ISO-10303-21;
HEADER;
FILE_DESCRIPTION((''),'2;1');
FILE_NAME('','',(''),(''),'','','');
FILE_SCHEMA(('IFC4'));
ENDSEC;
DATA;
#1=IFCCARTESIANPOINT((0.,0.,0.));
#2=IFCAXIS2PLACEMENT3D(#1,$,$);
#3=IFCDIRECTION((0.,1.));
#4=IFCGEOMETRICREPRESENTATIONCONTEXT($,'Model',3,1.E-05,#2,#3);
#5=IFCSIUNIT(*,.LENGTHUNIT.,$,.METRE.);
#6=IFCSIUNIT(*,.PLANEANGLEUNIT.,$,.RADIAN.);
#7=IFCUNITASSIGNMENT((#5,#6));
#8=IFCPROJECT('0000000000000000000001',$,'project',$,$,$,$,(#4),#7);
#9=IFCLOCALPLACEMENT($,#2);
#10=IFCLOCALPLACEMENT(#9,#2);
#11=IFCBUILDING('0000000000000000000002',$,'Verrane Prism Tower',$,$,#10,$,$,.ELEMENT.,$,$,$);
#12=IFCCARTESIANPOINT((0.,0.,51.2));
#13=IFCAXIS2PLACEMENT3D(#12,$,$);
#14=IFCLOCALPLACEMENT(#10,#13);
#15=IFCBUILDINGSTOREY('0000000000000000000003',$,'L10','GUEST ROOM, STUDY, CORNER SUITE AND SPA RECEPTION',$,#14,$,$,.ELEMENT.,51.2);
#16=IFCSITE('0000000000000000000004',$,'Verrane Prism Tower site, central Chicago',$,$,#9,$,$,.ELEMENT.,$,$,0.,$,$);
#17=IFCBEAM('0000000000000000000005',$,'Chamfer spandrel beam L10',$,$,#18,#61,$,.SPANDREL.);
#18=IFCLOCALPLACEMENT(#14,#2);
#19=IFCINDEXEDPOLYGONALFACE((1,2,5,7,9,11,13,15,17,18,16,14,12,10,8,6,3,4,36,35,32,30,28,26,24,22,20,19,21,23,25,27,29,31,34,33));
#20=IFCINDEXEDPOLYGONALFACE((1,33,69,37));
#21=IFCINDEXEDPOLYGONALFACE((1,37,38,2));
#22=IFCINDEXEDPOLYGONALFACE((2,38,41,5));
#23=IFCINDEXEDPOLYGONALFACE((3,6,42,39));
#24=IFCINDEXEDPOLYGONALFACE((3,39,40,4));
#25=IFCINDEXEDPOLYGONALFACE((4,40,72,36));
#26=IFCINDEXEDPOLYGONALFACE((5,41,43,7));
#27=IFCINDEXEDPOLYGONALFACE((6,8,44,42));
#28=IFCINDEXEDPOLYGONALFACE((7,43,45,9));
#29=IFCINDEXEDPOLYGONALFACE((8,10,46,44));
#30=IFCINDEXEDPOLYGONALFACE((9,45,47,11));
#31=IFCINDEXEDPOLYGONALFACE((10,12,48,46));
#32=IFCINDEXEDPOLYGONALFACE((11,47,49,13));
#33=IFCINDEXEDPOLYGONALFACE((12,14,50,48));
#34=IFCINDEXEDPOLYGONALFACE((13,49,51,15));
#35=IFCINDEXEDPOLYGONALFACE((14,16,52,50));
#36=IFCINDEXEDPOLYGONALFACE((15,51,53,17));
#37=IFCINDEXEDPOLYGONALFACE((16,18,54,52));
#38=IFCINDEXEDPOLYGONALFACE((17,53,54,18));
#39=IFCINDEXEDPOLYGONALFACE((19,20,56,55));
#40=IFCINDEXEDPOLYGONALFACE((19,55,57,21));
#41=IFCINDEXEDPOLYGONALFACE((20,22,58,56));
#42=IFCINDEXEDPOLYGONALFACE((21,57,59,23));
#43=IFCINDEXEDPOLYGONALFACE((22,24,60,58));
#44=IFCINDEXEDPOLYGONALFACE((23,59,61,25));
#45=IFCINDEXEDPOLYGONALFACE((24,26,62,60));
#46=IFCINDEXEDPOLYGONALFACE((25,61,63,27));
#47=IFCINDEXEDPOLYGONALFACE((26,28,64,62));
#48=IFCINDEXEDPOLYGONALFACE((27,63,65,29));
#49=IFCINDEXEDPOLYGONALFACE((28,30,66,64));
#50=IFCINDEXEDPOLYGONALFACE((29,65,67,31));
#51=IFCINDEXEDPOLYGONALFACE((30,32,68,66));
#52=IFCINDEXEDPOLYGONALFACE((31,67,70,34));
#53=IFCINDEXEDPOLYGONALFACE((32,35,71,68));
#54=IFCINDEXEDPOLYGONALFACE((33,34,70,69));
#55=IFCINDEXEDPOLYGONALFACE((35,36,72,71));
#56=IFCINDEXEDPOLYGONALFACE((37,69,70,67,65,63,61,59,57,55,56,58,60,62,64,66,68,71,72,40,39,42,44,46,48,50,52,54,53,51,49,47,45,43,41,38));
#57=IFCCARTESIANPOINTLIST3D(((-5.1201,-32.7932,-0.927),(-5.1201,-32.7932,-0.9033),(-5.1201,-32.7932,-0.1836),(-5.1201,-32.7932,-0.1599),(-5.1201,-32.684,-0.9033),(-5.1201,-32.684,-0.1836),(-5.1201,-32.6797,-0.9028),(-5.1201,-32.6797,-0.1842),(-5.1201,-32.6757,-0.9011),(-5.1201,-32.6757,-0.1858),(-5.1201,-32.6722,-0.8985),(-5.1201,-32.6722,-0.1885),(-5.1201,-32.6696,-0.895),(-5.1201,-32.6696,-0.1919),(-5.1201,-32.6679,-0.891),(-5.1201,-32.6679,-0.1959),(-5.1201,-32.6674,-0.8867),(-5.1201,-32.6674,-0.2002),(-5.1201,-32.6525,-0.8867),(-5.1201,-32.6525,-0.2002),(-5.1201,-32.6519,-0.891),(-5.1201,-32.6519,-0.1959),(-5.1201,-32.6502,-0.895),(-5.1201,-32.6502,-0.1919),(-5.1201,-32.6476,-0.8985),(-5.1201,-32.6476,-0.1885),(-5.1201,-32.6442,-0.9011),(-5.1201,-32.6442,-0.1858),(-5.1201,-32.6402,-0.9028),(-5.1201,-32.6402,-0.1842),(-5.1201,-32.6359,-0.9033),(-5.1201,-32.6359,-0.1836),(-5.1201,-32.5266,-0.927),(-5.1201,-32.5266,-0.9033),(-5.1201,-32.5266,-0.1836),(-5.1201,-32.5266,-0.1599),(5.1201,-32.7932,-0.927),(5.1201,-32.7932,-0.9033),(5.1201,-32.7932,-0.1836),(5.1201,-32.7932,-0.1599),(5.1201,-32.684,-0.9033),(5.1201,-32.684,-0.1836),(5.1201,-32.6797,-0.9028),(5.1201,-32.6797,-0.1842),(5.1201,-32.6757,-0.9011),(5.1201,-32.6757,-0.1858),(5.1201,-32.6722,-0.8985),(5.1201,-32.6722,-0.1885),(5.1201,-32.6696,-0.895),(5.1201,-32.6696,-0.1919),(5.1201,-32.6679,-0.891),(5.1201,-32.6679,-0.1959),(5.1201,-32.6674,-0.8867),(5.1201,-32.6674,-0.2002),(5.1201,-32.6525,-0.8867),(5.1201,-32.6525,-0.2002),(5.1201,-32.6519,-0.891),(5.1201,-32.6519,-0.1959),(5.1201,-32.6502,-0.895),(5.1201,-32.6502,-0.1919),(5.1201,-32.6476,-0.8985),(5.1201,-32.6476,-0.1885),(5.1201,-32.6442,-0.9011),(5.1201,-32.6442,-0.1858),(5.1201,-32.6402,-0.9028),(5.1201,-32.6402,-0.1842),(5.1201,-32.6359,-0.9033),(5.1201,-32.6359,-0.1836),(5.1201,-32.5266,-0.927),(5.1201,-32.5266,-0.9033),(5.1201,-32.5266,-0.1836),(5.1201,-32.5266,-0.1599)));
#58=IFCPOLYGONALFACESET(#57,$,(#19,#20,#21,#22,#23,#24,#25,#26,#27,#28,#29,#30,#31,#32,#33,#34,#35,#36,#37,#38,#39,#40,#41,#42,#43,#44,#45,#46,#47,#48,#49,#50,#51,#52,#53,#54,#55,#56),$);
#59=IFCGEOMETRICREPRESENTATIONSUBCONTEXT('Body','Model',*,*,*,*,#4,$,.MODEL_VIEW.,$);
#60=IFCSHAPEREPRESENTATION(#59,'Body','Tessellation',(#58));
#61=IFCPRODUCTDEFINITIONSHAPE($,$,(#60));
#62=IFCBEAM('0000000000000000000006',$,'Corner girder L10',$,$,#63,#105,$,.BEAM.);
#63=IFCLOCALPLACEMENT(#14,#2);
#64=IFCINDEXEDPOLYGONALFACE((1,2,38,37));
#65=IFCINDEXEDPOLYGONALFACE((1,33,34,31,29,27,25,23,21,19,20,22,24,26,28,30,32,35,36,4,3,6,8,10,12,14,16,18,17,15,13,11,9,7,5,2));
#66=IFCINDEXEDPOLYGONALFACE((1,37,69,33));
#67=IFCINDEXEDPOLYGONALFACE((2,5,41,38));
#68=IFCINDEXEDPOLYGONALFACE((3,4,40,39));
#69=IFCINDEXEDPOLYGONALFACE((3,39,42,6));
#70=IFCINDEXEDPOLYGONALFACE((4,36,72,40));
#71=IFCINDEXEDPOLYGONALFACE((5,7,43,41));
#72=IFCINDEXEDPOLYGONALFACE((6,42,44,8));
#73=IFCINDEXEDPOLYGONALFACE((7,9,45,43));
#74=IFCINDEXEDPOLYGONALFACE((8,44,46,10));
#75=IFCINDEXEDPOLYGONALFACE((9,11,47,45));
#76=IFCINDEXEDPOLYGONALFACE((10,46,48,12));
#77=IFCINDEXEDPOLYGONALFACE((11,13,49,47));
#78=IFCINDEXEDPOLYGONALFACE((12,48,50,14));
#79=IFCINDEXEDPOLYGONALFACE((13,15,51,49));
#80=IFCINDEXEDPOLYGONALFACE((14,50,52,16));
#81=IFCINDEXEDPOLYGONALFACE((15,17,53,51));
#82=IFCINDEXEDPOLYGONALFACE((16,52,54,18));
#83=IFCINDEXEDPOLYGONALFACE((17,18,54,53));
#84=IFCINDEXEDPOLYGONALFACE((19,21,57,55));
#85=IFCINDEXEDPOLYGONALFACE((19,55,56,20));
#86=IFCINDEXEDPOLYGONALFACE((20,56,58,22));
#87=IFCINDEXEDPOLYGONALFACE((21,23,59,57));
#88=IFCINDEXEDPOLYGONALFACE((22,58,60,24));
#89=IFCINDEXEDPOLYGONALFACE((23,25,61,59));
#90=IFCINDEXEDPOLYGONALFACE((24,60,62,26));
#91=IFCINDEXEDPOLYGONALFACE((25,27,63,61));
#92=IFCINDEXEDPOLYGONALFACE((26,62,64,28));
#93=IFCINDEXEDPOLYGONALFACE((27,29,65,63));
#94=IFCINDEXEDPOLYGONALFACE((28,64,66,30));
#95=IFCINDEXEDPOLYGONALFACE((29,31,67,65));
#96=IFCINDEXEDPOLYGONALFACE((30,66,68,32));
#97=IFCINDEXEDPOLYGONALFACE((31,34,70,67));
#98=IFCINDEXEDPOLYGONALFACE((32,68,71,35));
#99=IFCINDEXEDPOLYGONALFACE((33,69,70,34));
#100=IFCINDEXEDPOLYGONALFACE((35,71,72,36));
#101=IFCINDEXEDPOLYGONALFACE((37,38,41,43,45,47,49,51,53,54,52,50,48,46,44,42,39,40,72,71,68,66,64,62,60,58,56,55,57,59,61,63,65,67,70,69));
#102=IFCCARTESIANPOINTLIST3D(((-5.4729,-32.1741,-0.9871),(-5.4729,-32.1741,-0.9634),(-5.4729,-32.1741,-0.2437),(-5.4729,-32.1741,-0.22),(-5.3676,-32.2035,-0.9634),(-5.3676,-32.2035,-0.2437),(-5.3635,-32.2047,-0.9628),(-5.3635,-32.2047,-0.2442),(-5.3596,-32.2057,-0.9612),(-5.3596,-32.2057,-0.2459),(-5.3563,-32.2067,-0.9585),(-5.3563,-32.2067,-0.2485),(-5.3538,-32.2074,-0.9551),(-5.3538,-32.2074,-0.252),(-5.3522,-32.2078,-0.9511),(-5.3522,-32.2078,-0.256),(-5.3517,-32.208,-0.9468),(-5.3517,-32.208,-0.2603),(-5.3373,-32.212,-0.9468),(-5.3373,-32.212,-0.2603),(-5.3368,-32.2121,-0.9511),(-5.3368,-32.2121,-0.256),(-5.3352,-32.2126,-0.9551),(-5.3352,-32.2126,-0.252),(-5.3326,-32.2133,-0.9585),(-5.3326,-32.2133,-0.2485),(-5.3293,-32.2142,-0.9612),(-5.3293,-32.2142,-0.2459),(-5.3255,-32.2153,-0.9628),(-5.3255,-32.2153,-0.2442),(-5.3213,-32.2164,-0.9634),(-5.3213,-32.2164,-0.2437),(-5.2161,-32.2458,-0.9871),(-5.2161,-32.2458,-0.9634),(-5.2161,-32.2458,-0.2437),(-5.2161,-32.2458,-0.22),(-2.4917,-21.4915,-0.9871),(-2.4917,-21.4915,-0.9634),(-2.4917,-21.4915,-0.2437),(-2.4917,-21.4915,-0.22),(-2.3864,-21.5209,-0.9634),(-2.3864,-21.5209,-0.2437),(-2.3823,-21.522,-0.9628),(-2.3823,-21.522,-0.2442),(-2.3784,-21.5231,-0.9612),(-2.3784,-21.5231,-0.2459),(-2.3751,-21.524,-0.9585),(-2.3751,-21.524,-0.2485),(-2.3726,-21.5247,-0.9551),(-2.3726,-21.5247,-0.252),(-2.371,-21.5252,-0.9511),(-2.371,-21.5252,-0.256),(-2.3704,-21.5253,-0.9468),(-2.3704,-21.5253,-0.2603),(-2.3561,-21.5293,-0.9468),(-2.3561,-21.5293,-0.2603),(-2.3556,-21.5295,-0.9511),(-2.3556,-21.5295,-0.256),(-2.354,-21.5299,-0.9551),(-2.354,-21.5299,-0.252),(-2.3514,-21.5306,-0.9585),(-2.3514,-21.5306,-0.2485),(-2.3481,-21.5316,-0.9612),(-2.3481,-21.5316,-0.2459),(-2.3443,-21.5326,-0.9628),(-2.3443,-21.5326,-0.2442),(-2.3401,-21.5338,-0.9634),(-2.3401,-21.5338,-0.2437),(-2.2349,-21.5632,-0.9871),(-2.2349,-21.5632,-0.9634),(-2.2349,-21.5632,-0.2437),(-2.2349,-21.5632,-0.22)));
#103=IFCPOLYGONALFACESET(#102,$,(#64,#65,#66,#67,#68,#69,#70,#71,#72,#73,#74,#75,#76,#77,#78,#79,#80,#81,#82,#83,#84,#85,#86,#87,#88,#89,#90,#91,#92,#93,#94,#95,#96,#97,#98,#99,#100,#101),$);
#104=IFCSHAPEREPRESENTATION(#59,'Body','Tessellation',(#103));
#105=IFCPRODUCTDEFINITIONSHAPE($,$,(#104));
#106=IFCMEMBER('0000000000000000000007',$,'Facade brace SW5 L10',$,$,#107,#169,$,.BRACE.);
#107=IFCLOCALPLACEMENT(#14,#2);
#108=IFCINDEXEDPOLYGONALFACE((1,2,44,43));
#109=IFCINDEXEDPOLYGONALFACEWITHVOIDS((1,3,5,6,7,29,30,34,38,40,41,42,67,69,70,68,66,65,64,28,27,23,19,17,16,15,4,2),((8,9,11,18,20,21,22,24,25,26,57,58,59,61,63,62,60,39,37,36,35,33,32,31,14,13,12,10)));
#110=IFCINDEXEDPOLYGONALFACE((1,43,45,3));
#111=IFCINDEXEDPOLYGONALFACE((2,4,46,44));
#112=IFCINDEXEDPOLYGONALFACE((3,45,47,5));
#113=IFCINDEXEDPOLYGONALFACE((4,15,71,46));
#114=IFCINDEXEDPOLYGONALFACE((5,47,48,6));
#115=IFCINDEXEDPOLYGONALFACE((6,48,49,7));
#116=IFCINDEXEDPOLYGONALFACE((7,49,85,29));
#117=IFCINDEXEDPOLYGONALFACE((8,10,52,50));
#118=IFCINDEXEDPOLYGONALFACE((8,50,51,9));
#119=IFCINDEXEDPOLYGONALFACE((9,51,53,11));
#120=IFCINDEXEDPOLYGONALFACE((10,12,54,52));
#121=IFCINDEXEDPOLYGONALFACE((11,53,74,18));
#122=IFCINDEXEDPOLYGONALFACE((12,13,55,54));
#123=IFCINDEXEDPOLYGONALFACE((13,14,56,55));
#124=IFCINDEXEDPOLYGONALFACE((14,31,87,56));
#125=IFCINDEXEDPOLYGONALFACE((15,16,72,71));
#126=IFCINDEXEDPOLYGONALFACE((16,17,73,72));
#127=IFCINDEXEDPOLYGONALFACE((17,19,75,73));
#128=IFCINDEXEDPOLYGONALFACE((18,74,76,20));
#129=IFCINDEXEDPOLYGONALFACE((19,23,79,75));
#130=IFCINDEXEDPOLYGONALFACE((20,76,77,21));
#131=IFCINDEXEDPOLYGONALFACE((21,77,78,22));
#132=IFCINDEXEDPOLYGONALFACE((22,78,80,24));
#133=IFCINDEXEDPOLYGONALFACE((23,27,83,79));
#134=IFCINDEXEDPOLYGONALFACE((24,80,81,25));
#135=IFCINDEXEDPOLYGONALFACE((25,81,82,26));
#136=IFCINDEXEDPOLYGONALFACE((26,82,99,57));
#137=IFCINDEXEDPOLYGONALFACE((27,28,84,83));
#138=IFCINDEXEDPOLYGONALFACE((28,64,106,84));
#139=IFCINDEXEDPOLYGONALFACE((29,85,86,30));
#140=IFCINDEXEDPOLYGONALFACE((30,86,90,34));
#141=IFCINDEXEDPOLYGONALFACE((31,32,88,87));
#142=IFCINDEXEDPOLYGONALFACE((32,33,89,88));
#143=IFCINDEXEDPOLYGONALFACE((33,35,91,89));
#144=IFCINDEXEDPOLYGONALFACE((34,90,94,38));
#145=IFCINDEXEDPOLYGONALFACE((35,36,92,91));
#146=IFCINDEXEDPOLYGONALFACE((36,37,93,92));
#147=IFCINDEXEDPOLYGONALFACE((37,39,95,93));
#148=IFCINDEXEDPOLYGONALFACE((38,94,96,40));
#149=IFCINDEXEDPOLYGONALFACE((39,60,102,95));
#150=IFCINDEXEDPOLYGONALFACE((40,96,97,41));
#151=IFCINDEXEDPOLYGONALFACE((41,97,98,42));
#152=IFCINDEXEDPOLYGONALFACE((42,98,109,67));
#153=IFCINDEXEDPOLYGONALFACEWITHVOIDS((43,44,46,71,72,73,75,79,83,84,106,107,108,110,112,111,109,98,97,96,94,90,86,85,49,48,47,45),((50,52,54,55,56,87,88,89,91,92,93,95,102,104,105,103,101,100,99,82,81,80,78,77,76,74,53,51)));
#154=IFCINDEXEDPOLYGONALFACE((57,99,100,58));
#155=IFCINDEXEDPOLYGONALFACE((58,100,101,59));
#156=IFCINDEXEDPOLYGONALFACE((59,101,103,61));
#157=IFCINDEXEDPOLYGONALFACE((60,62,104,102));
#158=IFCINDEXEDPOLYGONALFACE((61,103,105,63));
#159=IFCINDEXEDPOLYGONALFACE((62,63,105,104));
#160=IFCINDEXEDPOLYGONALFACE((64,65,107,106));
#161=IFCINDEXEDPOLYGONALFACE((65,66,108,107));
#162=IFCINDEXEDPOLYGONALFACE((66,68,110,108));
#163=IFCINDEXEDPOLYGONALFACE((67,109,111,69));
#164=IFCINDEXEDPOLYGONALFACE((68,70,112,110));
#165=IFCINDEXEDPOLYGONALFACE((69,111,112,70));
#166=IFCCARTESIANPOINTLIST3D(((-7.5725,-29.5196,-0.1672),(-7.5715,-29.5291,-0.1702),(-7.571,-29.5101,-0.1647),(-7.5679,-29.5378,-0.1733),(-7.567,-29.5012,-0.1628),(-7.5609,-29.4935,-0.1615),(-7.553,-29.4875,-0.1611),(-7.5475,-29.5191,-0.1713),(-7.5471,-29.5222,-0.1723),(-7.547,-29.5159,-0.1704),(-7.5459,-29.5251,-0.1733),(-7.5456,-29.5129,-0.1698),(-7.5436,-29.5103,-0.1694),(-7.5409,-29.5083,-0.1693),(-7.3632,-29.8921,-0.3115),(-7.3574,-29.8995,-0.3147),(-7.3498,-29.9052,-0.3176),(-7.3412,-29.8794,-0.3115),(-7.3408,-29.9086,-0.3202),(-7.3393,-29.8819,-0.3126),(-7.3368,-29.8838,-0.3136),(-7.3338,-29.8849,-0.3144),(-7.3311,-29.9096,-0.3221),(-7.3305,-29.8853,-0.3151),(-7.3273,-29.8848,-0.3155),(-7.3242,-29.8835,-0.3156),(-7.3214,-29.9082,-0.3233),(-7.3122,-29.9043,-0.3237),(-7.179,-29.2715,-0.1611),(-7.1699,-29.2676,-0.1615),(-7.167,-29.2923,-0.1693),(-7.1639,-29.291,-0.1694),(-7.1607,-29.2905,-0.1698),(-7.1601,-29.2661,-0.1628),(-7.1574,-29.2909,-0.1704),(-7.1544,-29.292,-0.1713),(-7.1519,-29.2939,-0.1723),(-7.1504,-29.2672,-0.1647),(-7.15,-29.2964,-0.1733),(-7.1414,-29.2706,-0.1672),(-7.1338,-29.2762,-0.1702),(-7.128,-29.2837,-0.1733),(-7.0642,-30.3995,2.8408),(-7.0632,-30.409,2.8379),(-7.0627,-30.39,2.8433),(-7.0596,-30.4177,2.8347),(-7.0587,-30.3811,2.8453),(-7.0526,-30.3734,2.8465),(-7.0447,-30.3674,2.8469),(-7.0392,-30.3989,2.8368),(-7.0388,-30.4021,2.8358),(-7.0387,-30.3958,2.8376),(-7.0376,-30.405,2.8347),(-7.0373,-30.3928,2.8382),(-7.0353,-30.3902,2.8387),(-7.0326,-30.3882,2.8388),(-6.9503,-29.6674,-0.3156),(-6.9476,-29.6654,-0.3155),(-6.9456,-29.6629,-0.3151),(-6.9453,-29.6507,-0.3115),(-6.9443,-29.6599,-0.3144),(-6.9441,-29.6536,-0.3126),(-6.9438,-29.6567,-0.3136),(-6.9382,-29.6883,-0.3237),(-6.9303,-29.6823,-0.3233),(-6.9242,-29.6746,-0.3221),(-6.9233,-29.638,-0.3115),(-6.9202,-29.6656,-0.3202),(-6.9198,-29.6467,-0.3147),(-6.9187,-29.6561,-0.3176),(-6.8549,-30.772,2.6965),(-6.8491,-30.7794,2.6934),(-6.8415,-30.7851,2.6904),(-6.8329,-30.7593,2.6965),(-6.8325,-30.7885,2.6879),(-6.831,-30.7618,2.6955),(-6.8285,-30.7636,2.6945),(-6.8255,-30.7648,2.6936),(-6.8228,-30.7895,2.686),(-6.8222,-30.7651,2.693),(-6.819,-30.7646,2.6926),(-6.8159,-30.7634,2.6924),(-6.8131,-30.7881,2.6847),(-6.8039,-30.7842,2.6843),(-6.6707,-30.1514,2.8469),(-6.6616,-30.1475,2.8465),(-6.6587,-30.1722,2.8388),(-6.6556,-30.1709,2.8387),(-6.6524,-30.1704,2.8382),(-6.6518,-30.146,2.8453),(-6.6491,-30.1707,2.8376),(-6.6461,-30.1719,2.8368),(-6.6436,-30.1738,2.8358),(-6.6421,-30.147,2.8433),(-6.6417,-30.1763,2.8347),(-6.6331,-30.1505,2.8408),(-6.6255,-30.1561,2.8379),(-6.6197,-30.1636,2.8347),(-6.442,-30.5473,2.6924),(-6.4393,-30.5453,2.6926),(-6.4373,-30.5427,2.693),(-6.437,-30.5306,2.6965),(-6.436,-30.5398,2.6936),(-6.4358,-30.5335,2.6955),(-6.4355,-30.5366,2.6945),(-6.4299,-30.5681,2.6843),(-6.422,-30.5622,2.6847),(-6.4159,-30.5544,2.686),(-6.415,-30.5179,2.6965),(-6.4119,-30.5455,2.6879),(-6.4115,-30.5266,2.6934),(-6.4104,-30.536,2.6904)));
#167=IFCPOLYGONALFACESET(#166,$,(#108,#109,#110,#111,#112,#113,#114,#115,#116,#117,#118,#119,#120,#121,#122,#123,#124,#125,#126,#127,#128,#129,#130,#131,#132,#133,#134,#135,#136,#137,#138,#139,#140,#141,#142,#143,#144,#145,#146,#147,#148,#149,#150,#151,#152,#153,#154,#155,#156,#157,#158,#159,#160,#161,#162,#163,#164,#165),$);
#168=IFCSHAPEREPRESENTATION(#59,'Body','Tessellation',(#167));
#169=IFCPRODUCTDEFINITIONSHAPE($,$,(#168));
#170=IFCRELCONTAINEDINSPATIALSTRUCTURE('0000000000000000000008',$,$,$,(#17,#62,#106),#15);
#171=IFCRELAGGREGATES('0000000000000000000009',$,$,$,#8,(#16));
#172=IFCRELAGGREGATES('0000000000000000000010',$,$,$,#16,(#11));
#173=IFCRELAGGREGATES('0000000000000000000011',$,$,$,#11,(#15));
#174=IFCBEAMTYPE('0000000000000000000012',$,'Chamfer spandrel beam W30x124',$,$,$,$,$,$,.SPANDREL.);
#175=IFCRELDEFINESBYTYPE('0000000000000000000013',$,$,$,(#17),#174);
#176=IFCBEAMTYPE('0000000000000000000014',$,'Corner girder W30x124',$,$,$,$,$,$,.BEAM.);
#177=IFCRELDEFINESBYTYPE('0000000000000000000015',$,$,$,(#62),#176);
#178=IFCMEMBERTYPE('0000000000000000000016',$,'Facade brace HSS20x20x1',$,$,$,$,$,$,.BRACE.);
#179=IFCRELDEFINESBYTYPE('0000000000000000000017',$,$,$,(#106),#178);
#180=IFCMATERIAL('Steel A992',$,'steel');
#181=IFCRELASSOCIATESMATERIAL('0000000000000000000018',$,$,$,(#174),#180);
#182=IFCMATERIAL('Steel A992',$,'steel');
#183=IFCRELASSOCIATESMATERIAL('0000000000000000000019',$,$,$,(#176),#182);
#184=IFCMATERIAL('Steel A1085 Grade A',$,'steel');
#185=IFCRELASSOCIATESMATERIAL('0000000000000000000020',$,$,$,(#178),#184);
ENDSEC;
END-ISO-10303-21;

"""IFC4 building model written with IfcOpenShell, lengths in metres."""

from ifc_helpers import new_model, si_unit, direction, frame, origin, origin_2d, place, context, subcontext, project, spatial, hollow_rectangle, i_section, extrude, material, material_profile, profile_set, type_object, element, save


model = new_model("IFC4")

# Units and contexts
model_context = context("Model", 3, precision=1e-05, world=origin(), true_north=direction((0.0, 1.0)))
body_context = subcontext(model_context, "Body", "Model", "MODEL_VIEW")
ifc_project = project(units=[si_unit("LENGTHUNIT", "METRE"), si_unit("PLANEANGLEUNIT", "RADIAN")], contexts=[model_context])

# Site, building, storey
site_placement = place(None, origin())
site = spatial("IfcSite", under=ifc_project, at=site_placement, Name="Verrane Prism Tower site, central Chicago", CompositionType="ELEMENT", RefElevation=0.0)
building_placement = place(site_placement, origin())
building = spatial("IfcBuilding", under=site, at=building_placement, Name="Verrane Prism Tower", CompositionType="ELEMENT")
storey_placement = place(building_placement, frame((0.0, 0.0, 51.2)))
storey = spatial("IfcBuildingStorey", under=building, at=storey_placement, Name="L10", Description="GUEST ROOM, STUDY, CORNER SUITE AND SPA RECEPTION", CompositionType="ELEMENT", Elevation=51.2)

# Beams
ifc_material_1 = material(Name="Steel A992", Category="steel")
ifc_material_profile_1 = material_profile(ifc_material_1, i_section(OverallWidth=0.2666, OverallDepth=0.7671, WebThickness=0.0149, FlangeThickness=0.0237, FilletRadius=0.0166, at=origin_2d()), Name="W30x124")
ifc_profile_set_1 = profile_set([ifc_material_profile_1], Name="Steel A992")
beam_type_1 = type_object("IfcBeamType", Name="Chamfer spandrel beam W30x124", PredefinedType="SPANDREL", material=ifc_profile_set_1)
beam_1_placement = place(storey_placement, frame((-5.1201, -32.6599, -0.5435), z_axis=(1.0, 0.0, 0.0), x_axis=(0.0, 1.0, 0.0)))
element("IfcBeam", 1, at=beam_1_placement, inside=storey, type_object=beam_type_1, Name="Chamfer spandrel beam L10", PredefinedType="SPANDREL", context=body_context, shape_type="SweptSolid", body=[
    extrude(i_section(OverallWidth=0.2666, OverallDepth=0.7671, WebThickness=0.0149, FlangeThickness=0.0237, FilletRadius=0.0166, at=origin_2d()), origin(), (0.0, 0.0, 1.0), 10.2402),
])
ifc_material_2 = material(Name="Steel A992", Category="steel")
ifc_material_profile_2 = material_profile(ifc_material_2, i_section(OverallWidth=0.2666, OverallDepth=0.7671, WebThickness=0.0149, FlangeThickness=0.0237, FilletRadius=0.0166, at=origin_2d()), Name="W30x124")
ifc_profile_set_2 = profile_set([ifc_material_profile_2], Name="Steel A992")
beam_type_2 = type_object("IfcBeamType", Name="Corner girder W30x124", PredefinedType="BEAM", material=ifc_profile_set_2)
beam_2_placement = place(storey_placement, frame((-5.3445, -32.21, -0.6035), z_axis=(0.268799, 0.963196, 0.0), x_axis=(-0.963196, 0.268799, 0.0)))
element("IfcBeam", 2, at=beam_2_placement, inside=storey, type_object=beam_type_2, Name="Corner girder L10", PredefinedType="BEAM", context=body_context, shape_type="SweptSolid", body=[
    extrude(i_section(OverallWidth=0.2666, OverallDepth=0.7671, WebThickness=0.0149, FlangeThickness=0.0237, FilletRadius=0.0166, at=origin_2d()), origin(), (0.0, 0.0, 1.0), 11.0908),
])

# Member
ifc_material_3 = material(Name="Steel A1085 Grade A", Category="steel")
ifc_material_profile_3 = material_profile(ifc_material_3, hollow_rectangle(XDim=0.5081, YDim=0.5081, WallThickness=0.0254, InnerFilletRadius=0.0127, OuterFilletRadius=0.0381, at=origin_2d()), Name="HSS20x20x1")
ifc_profile_set_3 = profile_set([ifc_material_profile_3], Name="Steel A1085 Grade A")
member_type_1 = type_object("IfcMemberType", Name="Facade brace HSS20x20x1", PredefinedType="BRACE", material=ifc_profile_set_3)
member_1_placement = place(storey_placement, frame((-7.2456, -29.5879, -0.2424), z_axis=(0.160092, -0.277124, 0.947403), x_axis=(0.865897, 0.500222, 0.0)))
element("IfcMember", 3, at=member_1_placement, inside=storey, type_object=member_type_1, Name="Facade brace SW5 L10", PredefinedType="BRACE", context=body_context, shape_type="SweptSolid", body=[
    extrude(hollow_rectangle(XDim=0.5081, YDim=0.5081, WallThickness=0.0254, InnerFilletRadius=0.0127, OuterFilletRadius=0.0381, at=origin_2d()), origin(), (0.0, 0.0, 1.0), 3.175),
])

save(model, "model.ifc")
